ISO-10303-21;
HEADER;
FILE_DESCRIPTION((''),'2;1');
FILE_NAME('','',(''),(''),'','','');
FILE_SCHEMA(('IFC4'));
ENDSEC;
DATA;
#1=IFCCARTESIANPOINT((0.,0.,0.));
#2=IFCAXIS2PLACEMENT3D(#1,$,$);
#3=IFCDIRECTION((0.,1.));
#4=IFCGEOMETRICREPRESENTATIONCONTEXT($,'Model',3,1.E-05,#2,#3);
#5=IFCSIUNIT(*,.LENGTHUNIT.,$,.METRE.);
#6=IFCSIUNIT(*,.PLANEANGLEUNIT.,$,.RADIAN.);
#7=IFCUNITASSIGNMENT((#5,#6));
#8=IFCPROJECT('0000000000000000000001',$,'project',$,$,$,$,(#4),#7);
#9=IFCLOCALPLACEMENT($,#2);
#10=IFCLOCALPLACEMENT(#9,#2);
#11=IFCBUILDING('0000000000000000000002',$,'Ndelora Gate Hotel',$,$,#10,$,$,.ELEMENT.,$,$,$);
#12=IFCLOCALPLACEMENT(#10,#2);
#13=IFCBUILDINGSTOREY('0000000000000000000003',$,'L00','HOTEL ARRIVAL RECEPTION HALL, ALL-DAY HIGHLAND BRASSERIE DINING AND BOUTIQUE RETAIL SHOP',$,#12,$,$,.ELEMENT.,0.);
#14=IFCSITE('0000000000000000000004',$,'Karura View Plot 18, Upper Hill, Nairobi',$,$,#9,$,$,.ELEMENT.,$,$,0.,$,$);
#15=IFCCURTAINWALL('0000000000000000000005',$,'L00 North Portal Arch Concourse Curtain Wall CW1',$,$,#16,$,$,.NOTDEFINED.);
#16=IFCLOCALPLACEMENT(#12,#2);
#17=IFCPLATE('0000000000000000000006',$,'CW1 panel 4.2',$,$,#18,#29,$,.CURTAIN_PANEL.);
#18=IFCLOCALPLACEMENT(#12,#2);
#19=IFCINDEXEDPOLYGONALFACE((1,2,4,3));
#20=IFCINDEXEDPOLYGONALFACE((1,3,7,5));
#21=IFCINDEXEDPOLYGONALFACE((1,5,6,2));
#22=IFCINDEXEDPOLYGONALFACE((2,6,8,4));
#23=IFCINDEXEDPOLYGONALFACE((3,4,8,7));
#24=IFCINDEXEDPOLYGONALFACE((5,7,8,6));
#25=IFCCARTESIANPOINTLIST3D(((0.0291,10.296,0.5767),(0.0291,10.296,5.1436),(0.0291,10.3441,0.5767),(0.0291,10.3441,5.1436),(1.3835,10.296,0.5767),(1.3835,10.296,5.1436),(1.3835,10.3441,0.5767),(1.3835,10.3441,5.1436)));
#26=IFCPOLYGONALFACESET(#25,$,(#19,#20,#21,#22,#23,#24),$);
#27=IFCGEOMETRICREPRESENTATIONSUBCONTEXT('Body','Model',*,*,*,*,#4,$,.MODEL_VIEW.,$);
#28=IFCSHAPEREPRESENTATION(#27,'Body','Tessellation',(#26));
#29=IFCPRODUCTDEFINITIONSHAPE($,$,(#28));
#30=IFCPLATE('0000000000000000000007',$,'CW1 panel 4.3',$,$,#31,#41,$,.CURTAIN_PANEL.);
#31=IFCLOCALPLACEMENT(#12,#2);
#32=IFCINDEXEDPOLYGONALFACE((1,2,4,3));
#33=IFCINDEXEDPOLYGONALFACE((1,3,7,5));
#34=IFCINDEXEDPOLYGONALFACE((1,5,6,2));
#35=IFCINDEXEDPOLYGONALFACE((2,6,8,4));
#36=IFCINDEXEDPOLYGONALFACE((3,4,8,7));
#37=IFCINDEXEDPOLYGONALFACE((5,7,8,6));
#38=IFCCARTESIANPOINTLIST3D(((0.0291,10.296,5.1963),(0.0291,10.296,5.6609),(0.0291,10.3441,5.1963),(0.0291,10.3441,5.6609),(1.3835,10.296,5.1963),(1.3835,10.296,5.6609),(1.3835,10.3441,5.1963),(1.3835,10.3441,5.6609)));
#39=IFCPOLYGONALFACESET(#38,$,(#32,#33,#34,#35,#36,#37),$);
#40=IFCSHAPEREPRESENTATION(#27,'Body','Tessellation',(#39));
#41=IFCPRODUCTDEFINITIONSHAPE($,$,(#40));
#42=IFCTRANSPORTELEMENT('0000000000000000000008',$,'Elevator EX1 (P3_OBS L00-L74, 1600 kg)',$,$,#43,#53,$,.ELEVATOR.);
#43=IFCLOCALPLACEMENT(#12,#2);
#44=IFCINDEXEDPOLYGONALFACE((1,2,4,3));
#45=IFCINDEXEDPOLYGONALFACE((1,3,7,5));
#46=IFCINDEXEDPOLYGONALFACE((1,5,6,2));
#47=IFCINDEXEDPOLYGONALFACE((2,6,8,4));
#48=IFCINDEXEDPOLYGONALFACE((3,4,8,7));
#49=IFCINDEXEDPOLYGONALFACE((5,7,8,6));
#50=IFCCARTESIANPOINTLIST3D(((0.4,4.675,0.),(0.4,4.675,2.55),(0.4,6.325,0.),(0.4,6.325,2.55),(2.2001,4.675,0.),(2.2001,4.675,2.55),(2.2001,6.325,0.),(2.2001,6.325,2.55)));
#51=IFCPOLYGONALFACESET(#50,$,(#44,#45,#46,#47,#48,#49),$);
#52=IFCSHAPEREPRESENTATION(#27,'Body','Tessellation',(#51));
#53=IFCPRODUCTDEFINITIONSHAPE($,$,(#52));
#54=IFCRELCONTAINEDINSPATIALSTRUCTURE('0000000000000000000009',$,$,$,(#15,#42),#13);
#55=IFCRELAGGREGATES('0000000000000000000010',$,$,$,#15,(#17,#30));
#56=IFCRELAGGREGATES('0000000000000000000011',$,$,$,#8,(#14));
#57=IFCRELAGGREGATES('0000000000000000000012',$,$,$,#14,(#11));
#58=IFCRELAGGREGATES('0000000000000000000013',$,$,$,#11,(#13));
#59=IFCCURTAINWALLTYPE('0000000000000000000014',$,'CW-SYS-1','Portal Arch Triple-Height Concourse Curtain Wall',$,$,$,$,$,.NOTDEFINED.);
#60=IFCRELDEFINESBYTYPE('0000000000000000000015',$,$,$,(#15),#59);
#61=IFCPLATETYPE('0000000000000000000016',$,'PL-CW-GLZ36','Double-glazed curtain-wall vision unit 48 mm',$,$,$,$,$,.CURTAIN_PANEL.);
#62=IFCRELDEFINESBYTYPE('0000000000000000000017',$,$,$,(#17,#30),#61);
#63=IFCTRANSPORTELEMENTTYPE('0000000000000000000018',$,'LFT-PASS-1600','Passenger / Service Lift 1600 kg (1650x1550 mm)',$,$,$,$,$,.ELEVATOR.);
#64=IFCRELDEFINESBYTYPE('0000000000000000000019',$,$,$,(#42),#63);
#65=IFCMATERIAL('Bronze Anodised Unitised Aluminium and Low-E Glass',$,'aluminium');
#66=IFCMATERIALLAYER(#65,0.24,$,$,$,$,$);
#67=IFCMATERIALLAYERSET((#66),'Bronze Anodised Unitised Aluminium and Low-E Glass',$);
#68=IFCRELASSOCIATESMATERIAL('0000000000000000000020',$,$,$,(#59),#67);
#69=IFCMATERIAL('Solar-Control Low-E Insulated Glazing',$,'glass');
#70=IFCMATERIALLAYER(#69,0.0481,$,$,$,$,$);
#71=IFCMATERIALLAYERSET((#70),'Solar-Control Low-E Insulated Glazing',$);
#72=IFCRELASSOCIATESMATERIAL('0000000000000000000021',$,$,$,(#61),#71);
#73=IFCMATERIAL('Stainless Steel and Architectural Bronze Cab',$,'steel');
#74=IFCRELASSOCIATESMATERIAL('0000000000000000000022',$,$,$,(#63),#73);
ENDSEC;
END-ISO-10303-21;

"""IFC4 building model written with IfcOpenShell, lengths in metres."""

from ifc_helpers import new_model, si_unit, direction, frame, origin, origin_2d, place, context, subcontext, project, spatial, rectangle, extrude, material, layer, layer_set, type_object, element, aggregate, save


model = new_model("IFC4")

# Units and contexts
model_context = context("Model", 3, precision=1e-05, world=origin(), true_north=direction((0.0, 1.0)))
body_context = subcontext(model_context, "Body", "Model", "MODEL_VIEW")
ifc_project = project(units=[si_unit("LENGTHUNIT", "METRE"), si_unit("PLANEANGLEUNIT", "RADIAN")], contexts=[model_context])

# Site, building, storey
site_placement = place(None, origin())
site = spatial("IfcSite", under=ifc_project, at=site_placement, Name="Karura View Plot 18, Upper Hill, Nairobi", CompositionType="ELEMENT", RefElevation=0.0)
building_placement = place(site_placement, origin())
building = spatial("IfcBuilding", under=site, at=building_placement, Name="Ndelora Gate Hotel", CompositionType="ELEMENT")
storey_placement = place(building_placement, origin())
storey = spatial("IfcBuildingStorey", under=building, at=storey_placement, Name="L00", Description="HOTEL ARRIVAL RECEPTION HALL, ALL-DAY HIGHLAND BRASSERIE DINING AND BOUTIQUE RETAIL SHOP", CompositionType="ELEMENT", Elevation=0.0)

# Curtain wall, plates
ifc_material_1 = material(Name="Bronze Anodised Unitised Aluminium and Low-E Glass", Category="aluminium")
ifc_layer_1 = layer(ifc_material_1, 0.24)
ifc_layer_set_1 = layer_set([ifc_layer_1], Name="Bronze Anodised Unitised Aluminium and Low-E Glass")
curtain_wall_type = type_object("IfcCurtainWallType", Name="CW-SYS-1", Description="Portal Arch Triple-Height Concourse Curtain Wall", PredefinedType="NOTDEFINED", material=ifc_layer_set_1)
curtain_wall_placement = place(storey_placement, origin())
curtain_wall = element("IfcCurtainWall", 1, at=curtain_wall_placement, inside=storey, type_object=curtain_wall_type, Name="L00 North Portal Arch Concourse Curtain Wall CW1", PredefinedType="NOTDEFINED")
ifc_material_2 = material(Name="Solar-Control Low-E Insulated Glazing", Category="glass")
ifc_layer_2 = layer(ifc_material_2, 0.0481)
ifc_layer_set_2 = layer_set([ifc_layer_2], Name="Solar-Control Low-E Insulated Glazing")
plate_type = type_object("IfcPlateType", Name="PL-CW-GLZ36", Description="Double-glazed curtain-wall vision unit 48 mm", PredefinedType="CURTAIN_PANEL", material=ifc_layer_set_2)
plate_1_placement = place(storey_placement, frame((0.7063, 10.3201, 0.5767), z_axis=(0.0, 0.0, 1.0), x_axis=(-1.0, 0.0, 0.0)))
plate_1 = element("IfcPlate", 2, at=plate_1_placement, type_object=plate_type, Name="CW1 panel 4.2", PredefinedType="CURTAIN_PANEL", context=body_context, shape_type="SweptSolid", body=[
    extrude(rectangle(XDim=1.3545, YDim=0.0481, at=origin_2d()), origin(), (0.0, 0.0, 1.0), 4.5669),
])
plate_2_placement = place(storey_placement, frame((0.7063, 10.3201, 5.1963), z_axis=(0.0, 0.0, 1.0), x_axis=(-1.0, 0.0, 0.0)))
plate_2 = element("IfcPlate", 3, at=plate_2_placement, type_object=plate_type, Name="CW1 panel 4.3", PredefinedType="CURTAIN_PANEL", context=body_context, shape_type="SweptSolid", body=[
    extrude(rectangle(XDim=1.3545, YDim=0.0481, at=origin_2d()), origin(), (0.0, 0.0, 1.0), 0.4646),
])
aggregate(curtain_wall, [plate_1, plate_2])

# Transport element
ifc_material_3 = material(Name="Stainless Steel and Architectural Bronze Cab", Category="steel")
transport_element_type = type_object("IfcTransportElementType", Name="LFT-PASS-1600", Description="Passenger / Service Lift 1600 kg (1650x1550 mm)", PredefinedType="ELEVATOR", material=ifc_material_3)
transport_element_placement = place(storey_placement, frame((1.3, 5.5, 0.0), z_axis=(0.0, 0.0, 1.0), x_axis=(1.0, 0.0, 0.0)))
element("IfcTransportElement", 4, at=transport_element_placement, inside=storey, type_object=transport_element_type, Name="Elevator EX1 (P3_OBS L00-L74, 1600 kg)", PredefinedType="ELEVATOR", context=body_context, shape_type="SweptSolid", body=[
    extrude(rectangle(XDim=1.8, YDim=1.6499, at=origin_2d()), origin(), (0.0, 0.0, 1.0), 2.55),
])

save(model, "model.ifc")
